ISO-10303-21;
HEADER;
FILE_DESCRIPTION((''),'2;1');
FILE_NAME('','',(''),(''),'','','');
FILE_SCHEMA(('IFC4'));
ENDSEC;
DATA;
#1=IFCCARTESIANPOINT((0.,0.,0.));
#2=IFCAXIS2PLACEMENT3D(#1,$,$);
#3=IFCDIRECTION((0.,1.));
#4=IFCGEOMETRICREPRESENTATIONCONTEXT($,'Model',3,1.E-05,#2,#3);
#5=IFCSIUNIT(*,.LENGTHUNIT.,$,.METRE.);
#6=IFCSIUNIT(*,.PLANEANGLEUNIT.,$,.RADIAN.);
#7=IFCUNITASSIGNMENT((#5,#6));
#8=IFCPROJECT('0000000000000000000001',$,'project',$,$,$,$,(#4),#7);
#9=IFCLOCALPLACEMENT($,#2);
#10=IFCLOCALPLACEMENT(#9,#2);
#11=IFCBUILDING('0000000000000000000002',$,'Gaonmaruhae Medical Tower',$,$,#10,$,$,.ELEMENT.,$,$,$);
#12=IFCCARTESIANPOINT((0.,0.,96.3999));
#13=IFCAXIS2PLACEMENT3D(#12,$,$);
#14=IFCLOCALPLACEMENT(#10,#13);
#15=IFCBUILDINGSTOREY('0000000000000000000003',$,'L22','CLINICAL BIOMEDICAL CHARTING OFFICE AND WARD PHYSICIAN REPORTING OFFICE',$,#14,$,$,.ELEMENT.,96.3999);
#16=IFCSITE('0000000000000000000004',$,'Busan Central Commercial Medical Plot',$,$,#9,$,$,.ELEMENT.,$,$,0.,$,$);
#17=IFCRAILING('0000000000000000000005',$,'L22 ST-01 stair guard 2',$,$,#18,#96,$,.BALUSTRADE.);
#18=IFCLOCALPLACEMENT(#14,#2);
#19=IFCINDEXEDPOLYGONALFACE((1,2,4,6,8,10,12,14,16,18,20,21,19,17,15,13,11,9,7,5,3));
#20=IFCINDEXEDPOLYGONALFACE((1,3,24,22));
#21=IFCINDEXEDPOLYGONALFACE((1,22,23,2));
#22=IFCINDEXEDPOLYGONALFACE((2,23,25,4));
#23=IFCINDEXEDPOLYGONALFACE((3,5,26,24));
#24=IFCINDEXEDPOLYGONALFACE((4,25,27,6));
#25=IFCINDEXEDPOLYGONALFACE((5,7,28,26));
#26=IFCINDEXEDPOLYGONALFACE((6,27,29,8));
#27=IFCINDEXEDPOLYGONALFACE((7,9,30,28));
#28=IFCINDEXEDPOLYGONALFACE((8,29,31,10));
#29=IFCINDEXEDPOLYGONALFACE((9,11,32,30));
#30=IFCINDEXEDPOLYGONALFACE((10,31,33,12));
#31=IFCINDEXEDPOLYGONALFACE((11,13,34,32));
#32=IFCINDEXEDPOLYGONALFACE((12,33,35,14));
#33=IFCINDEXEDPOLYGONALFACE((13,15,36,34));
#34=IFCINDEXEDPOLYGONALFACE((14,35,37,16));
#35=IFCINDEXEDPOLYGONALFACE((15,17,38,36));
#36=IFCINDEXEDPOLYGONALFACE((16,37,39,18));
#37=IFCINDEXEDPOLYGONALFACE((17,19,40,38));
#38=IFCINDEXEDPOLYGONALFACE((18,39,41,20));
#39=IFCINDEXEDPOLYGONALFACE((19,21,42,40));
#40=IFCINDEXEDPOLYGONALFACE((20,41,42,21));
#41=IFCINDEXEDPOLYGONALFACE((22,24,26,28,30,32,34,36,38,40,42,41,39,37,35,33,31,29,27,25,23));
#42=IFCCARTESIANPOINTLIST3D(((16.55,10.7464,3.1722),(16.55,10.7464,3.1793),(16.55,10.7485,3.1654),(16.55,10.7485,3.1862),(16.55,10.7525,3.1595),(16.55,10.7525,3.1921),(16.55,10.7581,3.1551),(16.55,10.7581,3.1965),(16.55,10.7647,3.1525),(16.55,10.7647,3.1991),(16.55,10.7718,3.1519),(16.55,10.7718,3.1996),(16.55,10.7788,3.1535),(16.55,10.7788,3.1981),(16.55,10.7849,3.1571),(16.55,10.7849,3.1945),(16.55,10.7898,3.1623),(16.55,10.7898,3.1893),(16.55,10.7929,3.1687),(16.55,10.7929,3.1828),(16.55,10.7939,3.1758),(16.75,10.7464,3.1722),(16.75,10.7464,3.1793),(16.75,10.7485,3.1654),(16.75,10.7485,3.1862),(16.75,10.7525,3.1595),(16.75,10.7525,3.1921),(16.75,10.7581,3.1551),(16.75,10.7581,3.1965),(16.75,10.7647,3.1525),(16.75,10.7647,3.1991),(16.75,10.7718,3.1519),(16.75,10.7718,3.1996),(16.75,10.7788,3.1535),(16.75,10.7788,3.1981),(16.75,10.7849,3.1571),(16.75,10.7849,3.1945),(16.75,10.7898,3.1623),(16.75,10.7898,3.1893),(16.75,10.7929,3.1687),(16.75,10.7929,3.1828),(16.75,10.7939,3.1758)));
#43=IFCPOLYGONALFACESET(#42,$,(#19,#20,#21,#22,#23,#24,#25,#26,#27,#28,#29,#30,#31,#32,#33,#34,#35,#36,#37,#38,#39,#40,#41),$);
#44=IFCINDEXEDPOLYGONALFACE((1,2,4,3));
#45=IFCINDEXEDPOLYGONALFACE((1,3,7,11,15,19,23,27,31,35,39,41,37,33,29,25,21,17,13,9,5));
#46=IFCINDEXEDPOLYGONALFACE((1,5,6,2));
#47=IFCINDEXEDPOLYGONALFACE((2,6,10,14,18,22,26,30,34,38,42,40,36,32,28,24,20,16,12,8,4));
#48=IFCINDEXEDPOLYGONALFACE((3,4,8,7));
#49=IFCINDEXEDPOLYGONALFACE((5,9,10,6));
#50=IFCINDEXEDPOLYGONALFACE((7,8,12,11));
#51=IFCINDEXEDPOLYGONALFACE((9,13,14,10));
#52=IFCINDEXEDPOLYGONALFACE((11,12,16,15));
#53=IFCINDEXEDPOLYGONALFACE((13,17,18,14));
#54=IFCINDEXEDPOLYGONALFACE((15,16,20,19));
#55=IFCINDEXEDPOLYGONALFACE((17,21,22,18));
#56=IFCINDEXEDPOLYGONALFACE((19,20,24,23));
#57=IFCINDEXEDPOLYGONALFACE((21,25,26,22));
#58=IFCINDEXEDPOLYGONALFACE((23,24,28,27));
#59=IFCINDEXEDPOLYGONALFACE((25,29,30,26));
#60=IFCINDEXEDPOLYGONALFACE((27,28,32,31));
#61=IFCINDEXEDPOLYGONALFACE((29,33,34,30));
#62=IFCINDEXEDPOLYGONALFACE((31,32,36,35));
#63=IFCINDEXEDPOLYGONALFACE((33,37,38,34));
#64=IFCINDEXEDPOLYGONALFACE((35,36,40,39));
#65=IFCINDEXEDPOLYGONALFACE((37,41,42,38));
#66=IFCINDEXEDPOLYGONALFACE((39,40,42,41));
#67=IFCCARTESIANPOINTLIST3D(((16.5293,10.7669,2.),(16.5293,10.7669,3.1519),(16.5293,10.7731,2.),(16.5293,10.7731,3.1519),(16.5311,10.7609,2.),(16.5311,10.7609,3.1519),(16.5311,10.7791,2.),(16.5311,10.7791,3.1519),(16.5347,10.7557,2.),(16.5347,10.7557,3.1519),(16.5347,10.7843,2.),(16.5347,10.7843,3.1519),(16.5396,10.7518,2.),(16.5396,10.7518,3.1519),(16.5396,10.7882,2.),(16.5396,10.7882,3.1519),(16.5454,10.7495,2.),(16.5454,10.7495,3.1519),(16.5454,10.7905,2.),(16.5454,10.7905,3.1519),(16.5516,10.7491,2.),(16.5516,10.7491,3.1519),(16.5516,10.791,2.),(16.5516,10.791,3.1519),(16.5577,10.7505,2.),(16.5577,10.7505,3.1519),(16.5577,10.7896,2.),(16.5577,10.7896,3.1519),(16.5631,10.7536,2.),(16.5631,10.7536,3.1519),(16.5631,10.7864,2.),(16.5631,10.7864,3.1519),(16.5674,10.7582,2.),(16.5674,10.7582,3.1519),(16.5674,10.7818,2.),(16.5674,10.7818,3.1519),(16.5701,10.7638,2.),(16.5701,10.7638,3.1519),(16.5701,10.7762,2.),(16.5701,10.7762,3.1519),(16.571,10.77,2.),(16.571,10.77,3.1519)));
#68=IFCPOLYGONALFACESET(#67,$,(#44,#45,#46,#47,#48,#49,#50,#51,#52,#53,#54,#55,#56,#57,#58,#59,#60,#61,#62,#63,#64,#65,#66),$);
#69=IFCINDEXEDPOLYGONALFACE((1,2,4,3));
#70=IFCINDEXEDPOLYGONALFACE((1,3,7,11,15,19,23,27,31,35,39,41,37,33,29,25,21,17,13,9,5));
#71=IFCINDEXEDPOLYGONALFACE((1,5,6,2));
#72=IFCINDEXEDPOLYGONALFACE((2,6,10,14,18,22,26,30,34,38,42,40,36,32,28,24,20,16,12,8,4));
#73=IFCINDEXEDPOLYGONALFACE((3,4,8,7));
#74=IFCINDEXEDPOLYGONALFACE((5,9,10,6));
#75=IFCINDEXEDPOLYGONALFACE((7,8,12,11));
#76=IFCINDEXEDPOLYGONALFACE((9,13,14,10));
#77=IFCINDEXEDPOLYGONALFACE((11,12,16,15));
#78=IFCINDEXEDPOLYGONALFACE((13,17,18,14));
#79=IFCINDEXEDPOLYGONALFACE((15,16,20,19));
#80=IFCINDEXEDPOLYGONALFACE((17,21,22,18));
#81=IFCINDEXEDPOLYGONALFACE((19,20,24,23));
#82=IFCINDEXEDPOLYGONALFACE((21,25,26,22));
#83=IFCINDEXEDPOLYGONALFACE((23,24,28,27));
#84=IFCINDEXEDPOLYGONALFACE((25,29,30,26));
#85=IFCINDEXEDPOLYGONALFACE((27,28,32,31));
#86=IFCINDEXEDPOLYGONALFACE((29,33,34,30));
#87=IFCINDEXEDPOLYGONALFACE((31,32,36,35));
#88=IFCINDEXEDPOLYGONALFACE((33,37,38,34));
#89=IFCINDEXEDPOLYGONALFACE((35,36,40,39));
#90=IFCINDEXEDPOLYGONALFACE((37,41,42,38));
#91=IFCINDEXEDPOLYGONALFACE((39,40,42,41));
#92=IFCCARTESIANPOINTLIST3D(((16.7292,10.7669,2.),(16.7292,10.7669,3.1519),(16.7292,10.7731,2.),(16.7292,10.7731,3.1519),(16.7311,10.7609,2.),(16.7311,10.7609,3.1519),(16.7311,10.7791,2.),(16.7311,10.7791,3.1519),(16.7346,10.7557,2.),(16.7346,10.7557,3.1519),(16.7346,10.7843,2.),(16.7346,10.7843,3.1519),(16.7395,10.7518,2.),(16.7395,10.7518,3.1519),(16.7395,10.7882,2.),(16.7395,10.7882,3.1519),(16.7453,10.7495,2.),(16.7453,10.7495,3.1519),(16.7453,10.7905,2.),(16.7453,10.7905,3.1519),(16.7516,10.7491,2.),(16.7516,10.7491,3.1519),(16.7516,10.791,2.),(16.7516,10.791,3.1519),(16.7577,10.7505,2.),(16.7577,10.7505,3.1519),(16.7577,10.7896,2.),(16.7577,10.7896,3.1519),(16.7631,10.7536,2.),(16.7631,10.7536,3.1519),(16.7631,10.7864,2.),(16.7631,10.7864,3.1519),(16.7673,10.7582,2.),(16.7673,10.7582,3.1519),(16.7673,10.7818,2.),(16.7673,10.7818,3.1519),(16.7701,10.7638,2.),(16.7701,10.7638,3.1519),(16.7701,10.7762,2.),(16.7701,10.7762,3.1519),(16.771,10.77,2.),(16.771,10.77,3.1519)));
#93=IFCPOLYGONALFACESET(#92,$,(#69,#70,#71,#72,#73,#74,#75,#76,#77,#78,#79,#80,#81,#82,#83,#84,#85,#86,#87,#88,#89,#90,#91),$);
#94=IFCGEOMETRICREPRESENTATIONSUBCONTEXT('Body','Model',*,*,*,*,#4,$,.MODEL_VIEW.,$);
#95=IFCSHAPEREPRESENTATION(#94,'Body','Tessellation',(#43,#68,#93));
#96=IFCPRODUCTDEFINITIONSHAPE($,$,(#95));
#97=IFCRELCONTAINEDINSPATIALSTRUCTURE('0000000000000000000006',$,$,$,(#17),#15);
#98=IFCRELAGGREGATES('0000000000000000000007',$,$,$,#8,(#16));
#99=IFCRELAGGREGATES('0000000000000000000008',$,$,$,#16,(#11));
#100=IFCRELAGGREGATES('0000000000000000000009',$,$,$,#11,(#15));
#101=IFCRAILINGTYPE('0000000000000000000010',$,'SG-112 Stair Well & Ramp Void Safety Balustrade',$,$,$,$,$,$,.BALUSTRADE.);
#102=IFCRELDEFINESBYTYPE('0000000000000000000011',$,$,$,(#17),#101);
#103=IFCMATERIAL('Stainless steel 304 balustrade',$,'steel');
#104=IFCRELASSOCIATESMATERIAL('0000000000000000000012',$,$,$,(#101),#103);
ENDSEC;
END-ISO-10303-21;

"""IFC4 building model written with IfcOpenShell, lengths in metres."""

from ifc_helpers import new_model, si_unit, direction, frame, origin, origin_2d, place, context, subcontext, project, spatial, circle, extrude, material, type_object, element, save


model = new_model("IFC4")

# Units and contexts
model_context = context("Model", 3, precision=1e-05, world=origin(), true_north=direction((0.0, 1.0)))
body_context = subcontext(model_context, "Body", "Model", "MODEL_VIEW")
ifc_project = project(units=[si_unit("LENGTHUNIT", "METRE"), si_unit("PLANEANGLEUNIT", "RADIAN")], contexts=[model_context])

# Site, building, storey
site_placement = place(None, origin())
site = spatial("IfcSite", under=ifc_project, at=site_placement, Name="Busan Central Commercial Medical Plot", CompositionType="ELEMENT", RefElevation=0.0)
building_placement = place(site_placement, origin())
building = spatial("IfcBuilding", under=site, at=building_placement, Name="Gaonmaruhae Medical Tower", CompositionType="ELEMENT")
storey_placement = place(building_placement, frame((0.0, 0.0, 96.3999)))
storey = spatial("IfcBuildingStorey", under=building, at=storey_placement, Name="L22", Description="CLINICAL BIOMEDICAL CHARTING OFFICE AND WARD PHYSICIAN REPORTING OFFICE", CompositionType="ELEMENT", Elevation=96.3999)

# Railing
ifc_material_1 = material(Name="Stainless steel 304 balustrade", Category="steel")
railing_type_1 = type_object("IfcRailingType", Name="SG-112 Stair Well & Ramp Void Safety Balustrade", PredefinedType="BALUSTRADE", material=ifc_material_1)
railing_1_placement = place(storey_placement, frame((16.55, 10.77, 2.0)))
element("IfcRailing", 1, at=railing_1_placement, inside=storey, type_object=railing_type_1, Name="L22 ST-01 stair guard 2", PredefinedType="BALUSTRADE", context=body_context, shape_type="SweptSolid", body=[
    extrude(circle(Radius=0.0239, at=origin_2d()), frame((0.0, 0.0, 1.1758), z_axis=(1.0, 0.0, 0.0), x_axis=(0.0, 1.0, 0.0)), (0.0, 0.0, 1.0), 0.2),
    extrude(circle(Radius=0.021, at=origin_2d()), origin(), (0.0, 0.0, 1.0), 1.1519),
    extrude(circle(Radius=0.021, at=origin_2d()), frame((0.2, 0.0, 0.0)), (0.0, 0.0, 1.0), 1.1519),
])

save(model, "model.ifc")
